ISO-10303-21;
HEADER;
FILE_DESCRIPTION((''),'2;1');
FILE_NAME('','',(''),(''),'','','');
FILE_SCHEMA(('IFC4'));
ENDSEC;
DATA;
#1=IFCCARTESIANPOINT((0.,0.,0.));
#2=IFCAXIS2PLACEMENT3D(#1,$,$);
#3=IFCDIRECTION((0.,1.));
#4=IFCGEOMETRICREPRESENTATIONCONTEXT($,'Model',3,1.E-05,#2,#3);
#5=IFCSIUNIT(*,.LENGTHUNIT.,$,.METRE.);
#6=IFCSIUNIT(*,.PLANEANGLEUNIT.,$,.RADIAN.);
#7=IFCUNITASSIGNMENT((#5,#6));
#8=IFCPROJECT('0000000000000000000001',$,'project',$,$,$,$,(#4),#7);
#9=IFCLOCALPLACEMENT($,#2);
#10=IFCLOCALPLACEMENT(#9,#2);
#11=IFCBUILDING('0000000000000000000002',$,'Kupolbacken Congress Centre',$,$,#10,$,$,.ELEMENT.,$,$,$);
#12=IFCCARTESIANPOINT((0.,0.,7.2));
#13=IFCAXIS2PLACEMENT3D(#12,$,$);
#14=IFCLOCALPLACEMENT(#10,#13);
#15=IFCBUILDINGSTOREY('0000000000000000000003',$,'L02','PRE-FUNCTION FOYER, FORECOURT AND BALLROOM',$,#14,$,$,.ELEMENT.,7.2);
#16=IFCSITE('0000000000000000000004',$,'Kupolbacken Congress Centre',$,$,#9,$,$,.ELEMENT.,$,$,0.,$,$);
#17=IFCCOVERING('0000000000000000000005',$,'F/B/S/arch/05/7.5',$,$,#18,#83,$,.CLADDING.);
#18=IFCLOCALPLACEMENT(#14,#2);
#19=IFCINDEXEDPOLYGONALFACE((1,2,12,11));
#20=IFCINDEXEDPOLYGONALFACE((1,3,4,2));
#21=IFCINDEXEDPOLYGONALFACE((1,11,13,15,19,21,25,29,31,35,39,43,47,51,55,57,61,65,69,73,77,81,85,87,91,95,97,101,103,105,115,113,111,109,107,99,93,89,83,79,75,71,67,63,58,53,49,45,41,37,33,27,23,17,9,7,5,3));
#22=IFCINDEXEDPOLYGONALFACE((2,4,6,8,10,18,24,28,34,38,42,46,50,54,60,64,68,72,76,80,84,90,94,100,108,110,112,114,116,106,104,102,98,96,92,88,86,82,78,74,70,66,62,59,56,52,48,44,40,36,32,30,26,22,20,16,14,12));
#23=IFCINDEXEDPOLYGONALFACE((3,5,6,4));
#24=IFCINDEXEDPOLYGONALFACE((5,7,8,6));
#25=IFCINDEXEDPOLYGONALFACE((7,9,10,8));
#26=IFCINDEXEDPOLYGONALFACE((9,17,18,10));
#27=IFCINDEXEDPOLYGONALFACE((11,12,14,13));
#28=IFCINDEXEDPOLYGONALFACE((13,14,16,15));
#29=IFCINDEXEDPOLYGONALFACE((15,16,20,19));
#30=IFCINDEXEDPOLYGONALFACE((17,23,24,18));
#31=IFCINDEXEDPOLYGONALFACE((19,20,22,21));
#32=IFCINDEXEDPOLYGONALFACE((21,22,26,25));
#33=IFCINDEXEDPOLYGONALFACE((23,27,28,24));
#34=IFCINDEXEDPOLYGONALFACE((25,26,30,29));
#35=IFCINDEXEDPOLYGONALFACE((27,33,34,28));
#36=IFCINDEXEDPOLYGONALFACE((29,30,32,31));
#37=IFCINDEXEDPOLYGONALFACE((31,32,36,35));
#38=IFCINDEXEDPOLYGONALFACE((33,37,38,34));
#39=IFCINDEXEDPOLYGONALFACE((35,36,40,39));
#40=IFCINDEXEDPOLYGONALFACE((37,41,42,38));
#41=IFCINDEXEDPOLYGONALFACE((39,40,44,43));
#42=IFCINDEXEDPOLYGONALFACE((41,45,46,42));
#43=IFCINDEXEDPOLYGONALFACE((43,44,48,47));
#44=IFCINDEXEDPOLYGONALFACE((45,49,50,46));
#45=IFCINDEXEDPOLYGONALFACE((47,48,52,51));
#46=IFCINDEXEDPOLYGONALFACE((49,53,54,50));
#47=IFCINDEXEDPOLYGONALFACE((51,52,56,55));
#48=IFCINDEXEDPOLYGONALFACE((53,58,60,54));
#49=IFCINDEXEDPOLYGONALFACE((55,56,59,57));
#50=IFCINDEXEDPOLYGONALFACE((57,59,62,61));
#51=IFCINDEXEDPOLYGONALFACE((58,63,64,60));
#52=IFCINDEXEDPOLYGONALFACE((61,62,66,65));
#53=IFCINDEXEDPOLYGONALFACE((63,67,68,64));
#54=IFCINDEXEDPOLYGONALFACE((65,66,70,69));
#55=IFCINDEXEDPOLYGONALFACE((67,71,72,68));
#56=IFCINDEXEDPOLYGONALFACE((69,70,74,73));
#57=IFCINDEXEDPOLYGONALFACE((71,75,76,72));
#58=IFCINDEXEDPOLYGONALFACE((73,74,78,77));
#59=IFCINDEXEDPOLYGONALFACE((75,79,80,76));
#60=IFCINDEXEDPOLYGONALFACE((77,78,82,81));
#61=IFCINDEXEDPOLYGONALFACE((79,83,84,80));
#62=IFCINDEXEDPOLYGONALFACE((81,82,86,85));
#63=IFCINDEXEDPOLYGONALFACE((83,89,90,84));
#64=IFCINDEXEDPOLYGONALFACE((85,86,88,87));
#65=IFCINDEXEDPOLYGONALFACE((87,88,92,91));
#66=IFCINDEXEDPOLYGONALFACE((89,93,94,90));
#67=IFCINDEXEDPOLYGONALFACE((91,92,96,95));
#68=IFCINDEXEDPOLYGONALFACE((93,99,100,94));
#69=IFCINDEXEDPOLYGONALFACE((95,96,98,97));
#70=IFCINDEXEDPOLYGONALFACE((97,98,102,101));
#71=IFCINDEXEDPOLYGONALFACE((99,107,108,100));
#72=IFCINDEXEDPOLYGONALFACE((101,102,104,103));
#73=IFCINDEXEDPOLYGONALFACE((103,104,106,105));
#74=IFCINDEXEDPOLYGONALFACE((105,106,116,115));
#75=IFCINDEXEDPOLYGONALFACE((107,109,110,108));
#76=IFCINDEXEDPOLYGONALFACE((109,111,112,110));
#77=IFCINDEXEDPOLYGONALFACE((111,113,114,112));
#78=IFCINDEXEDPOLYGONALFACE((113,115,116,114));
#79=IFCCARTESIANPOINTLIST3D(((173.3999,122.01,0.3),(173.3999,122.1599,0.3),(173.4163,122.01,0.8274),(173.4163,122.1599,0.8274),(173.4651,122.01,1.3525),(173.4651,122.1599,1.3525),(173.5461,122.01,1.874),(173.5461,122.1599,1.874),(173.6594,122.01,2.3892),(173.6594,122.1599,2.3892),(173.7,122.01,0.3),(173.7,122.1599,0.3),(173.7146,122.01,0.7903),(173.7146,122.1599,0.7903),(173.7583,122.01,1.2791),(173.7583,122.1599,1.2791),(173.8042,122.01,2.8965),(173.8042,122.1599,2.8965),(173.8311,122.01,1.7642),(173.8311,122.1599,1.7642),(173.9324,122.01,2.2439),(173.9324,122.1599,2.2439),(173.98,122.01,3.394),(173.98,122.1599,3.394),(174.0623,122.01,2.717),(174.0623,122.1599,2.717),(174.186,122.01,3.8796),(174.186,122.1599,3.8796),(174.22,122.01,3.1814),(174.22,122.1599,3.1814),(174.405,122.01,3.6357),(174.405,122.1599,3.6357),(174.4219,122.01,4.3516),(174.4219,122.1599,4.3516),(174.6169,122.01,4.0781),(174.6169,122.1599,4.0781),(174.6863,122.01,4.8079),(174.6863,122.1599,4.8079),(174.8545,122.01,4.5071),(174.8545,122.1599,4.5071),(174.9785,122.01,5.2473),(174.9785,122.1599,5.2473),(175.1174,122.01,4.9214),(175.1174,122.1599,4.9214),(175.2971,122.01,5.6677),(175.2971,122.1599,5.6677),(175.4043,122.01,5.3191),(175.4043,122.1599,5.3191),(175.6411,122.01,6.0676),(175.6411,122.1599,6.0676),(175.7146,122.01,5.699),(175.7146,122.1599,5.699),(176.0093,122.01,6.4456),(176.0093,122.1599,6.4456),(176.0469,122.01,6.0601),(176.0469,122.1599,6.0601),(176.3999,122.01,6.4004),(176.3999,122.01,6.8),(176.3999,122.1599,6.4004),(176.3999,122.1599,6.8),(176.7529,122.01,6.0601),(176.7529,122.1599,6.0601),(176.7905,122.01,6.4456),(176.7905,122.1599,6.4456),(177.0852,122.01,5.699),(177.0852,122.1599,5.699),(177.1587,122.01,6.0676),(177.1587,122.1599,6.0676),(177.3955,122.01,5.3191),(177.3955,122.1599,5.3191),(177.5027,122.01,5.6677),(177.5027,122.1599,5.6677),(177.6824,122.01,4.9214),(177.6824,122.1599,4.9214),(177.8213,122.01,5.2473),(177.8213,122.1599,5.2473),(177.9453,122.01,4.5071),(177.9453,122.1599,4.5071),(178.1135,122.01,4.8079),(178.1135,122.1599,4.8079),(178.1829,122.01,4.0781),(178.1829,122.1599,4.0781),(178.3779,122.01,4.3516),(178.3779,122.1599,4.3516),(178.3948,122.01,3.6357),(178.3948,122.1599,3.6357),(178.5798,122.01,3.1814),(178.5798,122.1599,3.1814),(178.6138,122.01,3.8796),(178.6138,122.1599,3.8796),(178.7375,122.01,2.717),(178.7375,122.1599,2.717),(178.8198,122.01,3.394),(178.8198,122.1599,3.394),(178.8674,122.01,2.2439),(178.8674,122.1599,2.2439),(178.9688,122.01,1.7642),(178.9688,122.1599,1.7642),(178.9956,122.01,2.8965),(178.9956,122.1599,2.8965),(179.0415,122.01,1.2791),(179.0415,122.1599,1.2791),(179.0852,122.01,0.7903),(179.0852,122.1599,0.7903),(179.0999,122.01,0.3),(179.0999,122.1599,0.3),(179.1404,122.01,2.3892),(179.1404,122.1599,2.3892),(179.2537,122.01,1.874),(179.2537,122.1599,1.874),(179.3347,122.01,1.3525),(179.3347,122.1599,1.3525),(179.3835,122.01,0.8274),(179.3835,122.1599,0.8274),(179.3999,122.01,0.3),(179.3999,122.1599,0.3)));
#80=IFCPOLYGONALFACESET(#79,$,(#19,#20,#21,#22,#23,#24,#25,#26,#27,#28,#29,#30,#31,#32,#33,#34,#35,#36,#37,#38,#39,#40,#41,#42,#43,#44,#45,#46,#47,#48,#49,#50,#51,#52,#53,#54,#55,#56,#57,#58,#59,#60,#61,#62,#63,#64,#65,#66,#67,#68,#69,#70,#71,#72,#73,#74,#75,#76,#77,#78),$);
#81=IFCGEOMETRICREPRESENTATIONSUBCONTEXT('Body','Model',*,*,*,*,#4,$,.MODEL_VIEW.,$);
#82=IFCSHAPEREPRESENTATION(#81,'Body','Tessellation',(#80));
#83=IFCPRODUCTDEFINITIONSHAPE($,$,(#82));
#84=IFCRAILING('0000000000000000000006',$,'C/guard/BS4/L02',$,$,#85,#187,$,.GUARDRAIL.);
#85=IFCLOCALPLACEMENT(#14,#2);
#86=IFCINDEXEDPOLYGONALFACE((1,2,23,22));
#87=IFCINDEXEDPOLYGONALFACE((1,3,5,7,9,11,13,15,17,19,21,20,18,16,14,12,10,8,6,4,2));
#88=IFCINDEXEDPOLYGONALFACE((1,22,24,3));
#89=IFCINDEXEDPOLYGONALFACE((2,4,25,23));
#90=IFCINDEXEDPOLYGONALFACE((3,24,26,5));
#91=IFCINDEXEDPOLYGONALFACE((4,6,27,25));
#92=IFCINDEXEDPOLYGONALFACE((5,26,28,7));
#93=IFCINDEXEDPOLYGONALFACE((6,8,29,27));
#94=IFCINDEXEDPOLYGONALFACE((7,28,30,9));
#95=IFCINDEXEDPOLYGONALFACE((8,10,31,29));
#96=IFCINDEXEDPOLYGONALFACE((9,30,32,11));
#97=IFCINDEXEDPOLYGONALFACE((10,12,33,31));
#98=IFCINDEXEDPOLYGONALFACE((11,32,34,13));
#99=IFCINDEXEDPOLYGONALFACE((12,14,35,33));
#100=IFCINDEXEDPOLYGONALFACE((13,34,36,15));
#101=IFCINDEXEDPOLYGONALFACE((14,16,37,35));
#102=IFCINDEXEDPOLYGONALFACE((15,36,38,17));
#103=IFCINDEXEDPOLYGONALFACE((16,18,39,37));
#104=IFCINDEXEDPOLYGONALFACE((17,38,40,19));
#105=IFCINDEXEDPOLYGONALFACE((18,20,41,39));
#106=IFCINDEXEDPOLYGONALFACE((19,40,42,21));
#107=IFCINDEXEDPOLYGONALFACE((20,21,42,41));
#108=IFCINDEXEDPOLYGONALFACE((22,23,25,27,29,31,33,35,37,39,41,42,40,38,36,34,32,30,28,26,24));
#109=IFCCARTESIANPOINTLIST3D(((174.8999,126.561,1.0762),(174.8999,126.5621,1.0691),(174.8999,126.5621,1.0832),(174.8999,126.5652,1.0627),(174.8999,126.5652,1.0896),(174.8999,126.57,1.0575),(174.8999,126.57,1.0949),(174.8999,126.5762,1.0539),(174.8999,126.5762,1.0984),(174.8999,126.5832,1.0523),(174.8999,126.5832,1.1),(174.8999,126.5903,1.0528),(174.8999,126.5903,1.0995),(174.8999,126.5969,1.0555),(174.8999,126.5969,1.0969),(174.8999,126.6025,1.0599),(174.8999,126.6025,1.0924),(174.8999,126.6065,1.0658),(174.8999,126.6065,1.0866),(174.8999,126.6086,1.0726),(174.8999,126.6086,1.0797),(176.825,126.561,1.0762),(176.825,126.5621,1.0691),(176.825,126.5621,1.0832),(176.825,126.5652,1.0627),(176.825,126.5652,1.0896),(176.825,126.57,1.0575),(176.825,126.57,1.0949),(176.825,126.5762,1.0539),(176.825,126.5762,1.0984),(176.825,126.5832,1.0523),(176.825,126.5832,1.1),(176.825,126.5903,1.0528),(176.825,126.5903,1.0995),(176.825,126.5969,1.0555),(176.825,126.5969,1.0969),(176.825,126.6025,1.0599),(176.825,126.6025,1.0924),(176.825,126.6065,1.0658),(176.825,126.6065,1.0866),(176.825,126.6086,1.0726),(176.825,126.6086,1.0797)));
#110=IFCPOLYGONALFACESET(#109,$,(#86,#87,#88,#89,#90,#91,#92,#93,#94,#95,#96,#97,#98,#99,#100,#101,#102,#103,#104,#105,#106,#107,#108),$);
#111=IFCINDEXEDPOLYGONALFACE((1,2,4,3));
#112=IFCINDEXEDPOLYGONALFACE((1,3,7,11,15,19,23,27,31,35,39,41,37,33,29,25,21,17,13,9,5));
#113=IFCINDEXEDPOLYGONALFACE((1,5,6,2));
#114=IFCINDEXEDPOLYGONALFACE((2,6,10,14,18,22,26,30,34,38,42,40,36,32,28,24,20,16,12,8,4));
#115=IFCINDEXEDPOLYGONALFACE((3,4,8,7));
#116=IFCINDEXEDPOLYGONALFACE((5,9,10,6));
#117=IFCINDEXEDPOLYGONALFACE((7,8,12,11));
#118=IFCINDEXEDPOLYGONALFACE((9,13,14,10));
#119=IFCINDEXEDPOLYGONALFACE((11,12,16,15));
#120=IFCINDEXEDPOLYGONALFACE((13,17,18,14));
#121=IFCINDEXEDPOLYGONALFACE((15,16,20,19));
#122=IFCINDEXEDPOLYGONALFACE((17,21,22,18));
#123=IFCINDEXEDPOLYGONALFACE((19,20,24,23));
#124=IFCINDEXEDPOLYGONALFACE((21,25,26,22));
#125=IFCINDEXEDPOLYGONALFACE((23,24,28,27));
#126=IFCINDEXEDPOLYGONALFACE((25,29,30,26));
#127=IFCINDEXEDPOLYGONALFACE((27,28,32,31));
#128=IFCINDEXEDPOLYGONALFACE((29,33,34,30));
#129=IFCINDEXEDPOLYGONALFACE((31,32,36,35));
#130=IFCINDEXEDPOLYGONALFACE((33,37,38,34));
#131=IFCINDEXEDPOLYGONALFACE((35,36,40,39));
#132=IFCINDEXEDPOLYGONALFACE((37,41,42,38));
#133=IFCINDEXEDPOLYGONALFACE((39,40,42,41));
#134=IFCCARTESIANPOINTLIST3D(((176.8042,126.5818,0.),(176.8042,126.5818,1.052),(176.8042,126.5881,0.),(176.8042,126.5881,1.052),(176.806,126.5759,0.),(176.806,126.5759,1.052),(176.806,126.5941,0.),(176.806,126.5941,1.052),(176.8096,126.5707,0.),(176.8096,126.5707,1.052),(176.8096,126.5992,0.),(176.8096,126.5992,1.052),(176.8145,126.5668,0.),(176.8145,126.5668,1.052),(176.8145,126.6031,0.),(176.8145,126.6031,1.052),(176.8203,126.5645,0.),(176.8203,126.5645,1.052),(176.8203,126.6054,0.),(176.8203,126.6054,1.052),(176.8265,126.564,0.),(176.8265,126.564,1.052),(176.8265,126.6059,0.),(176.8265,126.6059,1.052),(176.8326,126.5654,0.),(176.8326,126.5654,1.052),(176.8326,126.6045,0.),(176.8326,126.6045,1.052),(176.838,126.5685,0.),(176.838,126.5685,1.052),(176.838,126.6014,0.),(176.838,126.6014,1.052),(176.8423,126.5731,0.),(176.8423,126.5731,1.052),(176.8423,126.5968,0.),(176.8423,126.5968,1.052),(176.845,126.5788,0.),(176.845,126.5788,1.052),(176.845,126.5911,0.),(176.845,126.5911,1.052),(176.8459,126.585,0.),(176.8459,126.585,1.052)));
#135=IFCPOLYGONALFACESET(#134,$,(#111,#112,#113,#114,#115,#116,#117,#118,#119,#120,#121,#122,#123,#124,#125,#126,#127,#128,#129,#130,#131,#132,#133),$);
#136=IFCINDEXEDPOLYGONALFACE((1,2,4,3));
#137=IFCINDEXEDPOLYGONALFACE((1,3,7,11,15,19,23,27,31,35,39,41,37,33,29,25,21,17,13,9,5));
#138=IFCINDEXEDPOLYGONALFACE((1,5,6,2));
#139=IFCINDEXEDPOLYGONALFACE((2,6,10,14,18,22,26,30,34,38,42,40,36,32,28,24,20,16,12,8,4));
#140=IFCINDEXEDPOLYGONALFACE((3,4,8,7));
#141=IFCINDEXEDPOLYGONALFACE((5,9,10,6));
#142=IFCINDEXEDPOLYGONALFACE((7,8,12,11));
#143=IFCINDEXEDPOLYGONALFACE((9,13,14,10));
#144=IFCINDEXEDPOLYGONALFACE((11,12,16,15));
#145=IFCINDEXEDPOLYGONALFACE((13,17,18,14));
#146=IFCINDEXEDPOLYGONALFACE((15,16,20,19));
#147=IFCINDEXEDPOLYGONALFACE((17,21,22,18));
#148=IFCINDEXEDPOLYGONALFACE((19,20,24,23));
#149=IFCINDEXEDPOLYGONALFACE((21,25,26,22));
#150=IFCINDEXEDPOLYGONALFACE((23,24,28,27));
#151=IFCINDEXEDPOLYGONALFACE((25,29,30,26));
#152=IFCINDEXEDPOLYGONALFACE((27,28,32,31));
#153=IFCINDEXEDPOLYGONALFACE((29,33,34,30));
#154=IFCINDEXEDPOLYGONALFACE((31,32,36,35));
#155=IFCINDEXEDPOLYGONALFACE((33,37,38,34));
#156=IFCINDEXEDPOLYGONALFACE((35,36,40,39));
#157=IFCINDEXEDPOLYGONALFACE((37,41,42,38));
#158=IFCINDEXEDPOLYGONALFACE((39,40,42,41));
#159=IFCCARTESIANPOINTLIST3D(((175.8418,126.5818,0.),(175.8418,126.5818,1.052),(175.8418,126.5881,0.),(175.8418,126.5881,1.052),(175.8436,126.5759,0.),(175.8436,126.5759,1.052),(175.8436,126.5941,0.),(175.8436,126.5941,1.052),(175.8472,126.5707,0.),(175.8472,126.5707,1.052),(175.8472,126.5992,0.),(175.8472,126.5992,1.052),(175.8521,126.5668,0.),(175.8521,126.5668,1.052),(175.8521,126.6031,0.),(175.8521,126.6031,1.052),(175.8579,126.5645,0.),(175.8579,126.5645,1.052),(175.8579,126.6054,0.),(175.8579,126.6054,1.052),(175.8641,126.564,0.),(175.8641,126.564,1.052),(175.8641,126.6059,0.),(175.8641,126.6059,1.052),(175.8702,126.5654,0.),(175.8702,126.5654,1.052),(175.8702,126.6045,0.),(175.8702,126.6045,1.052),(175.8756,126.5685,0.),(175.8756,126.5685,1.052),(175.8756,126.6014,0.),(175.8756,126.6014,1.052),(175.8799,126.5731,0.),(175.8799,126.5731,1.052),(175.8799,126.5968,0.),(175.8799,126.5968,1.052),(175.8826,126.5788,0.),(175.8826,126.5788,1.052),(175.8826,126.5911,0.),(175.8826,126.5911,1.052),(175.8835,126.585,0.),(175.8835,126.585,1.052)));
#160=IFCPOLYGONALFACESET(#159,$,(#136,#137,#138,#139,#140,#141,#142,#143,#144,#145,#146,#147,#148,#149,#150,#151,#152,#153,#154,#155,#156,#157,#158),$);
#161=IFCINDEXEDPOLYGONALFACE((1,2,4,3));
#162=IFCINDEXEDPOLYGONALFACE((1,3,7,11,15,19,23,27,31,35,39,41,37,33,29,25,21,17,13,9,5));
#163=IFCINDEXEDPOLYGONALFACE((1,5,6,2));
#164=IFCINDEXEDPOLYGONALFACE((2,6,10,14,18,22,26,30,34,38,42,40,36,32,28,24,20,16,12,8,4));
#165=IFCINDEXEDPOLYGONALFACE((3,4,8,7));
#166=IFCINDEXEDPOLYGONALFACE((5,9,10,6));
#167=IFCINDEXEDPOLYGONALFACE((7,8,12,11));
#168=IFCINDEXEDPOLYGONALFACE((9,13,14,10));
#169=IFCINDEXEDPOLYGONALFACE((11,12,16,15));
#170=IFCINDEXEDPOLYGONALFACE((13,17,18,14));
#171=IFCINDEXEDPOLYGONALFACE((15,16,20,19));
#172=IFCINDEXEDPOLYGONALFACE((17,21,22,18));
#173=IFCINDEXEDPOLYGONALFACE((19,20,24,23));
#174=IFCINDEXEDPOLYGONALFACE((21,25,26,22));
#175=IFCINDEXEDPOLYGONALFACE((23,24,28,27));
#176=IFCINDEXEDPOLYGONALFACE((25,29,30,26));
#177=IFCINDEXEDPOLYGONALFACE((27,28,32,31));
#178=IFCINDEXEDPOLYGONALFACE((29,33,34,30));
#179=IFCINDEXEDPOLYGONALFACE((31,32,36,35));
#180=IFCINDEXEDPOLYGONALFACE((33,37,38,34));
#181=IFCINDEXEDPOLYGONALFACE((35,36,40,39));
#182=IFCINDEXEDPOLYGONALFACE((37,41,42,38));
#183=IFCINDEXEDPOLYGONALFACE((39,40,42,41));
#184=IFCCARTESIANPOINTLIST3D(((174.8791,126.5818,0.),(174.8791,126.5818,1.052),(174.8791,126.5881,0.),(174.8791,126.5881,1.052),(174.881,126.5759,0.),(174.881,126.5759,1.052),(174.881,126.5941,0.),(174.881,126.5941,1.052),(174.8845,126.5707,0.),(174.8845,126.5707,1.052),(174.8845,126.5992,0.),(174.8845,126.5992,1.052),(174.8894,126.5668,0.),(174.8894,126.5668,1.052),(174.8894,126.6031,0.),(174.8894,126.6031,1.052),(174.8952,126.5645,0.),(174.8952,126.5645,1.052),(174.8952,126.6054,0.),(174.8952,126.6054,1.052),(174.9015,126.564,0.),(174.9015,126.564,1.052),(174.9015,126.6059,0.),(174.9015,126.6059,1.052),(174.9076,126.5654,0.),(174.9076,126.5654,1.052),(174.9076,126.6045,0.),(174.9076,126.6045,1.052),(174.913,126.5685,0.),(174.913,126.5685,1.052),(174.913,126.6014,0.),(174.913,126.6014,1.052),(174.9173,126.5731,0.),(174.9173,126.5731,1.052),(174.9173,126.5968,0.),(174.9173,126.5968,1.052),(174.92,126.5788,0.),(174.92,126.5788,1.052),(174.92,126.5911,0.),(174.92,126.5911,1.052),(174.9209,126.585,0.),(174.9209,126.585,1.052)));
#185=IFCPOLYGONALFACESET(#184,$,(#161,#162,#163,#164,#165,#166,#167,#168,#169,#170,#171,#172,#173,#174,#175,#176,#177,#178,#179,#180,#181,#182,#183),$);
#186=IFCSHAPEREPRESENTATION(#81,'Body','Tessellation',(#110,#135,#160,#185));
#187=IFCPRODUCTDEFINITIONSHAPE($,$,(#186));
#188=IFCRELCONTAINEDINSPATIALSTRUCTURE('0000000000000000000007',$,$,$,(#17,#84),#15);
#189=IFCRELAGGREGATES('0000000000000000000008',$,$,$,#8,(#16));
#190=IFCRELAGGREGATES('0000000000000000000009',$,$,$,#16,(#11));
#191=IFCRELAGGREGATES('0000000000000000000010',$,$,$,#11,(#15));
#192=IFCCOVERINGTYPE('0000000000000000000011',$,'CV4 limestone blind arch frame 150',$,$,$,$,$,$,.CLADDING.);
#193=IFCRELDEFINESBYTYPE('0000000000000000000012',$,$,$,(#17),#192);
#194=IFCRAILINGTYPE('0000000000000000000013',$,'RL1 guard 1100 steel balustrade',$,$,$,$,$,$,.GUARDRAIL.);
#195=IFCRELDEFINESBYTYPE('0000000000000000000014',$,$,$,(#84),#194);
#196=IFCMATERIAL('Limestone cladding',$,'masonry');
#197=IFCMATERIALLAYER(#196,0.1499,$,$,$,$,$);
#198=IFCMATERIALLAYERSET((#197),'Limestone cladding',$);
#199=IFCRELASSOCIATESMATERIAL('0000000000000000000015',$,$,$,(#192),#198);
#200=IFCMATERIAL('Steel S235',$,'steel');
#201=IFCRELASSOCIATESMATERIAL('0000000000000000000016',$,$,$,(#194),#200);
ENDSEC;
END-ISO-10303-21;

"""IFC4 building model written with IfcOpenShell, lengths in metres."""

from ifc_helpers import new_model, si_unit, direction, frame, origin, origin_2d, place, context, subcontext, project, spatial, polyline, circle, outline, extrude, material, layer, layer_set, type_object, element, save


model = new_model("IFC4")

# Units and contexts
model_context = context("Model", 3, precision=1e-05, world=origin(), true_north=direction((0.0, 1.0)))
body_context = subcontext(model_context, "Body", "Model", "MODEL_VIEW")
ifc_project = project(units=[si_unit("LENGTHUNIT", "METRE"), si_unit("PLANEANGLEUNIT", "RADIAN")], contexts=[model_context])

# Site, building, storey
site_placement = place(None, origin())
site = spatial("IfcSite", under=ifc_project, at=site_placement, Name="Kupolbacken Congress Centre", CompositionType="ELEMENT", RefElevation=0.0)
building_placement = place(site_placement, origin())
building = spatial("IfcBuilding", under=site, at=building_placement, Name="Kupolbacken Congress Centre", CompositionType="ELEMENT")
storey_placement = place(building_placement, frame((0.0, 0.0, 7.2)))
storey = spatial("IfcBuildingStorey", under=building, at=storey_placement, Name="L02", Description="PRE-FUNCTION FOYER, FORECOURT AND BALLROOM", CompositionType="ELEMENT", Elevation=7.2)

# Covering
ifc_material_1 = material(Name="Limestone cladding", Category="masonry")
ifc_layer_1 = layer(ifc_material_1, 0.1499)
ifc_layer_set_1 = layer_set([ifc_layer_1], Name="Limestone cladding")
covering_type_1 = type_object("IfcCoveringType", Name="CV4 limestone blind arch frame 150", PredefinedType="CLADDING", material=ifc_layer_set_1)
covering_1_placement = place(storey_placement, frame((173.3999, 122.1599, 0.3), z_axis=(0.0, -1.0, 0.0), x_axis=(1.0, 0.0, 0.0)))
element("IfcCovering", 1, at=covering_1_placement, inside=storey, type_object=covering_type_1, Name="F/B/S/arch/05/7.5", PredefinedType="CLADDING", context=body_context, shape_type="SweptSolid", body=[
    extrude(outline(polyline([(0.0, 0.0), (0.0164, 0.5273), (0.0652, 1.0525), (0.1462, 1.574), (0.2595, 2.0891), (0.4043, 2.5964), (0.5801, 3.094), (0.7861, 3.5796), (1.022, 4.0515), (1.2864, 4.5078), (1.5786, 4.9473), (1.8972, 5.3677), (2.2412, 5.7676), (2.6094, 6.1455), (3.0, 6.5), (3.3906, 6.1455), (3.7588, 5.7676), (4.1028, 5.3677), (4.4214, 4.9473), (4.7136, 4.5078), (4.978, 4.0515), (5.2139, 3.5796), (5.4199, 3.094), (5.5957, 2.5964), (5.7405, 2.0891), (5.8538, 1.574), (5.9348, 1.0525), (5.9836, 0.5273), (6.0, 0.0), (5.7, 0.0), (5.6853, 0.4902), (5.6416, 0.979), (5.5688, 1.4641), (5.4675, 1.9438), (5.3376, 2.417), (5.1799, 2.8813), (4.9949, 3.3357), (4.783, 3.7781), (4.5454, 4.207), (4.2825, 4.6213), (3.9956, 5.019), (3.6853, 5.3989), (3.353, 5.76), (3.0, 6.1003), (2.647, 5.76), (2.3147, 5.3989), (2.0044, 5.019), (1.7175, 4.6213), (1.4546, 4.207), (1.217, 3.7781), (1.0051, 3.3357), (0.8201, 2.8813), (0.6624, 2.417), (0.5325, 1.9438), (0.4312, 1.4641), (0.3584, 0.979), (0.3147, 0.4902), (0.3, 0.0), (0.0, 0.0)])), origin(), (0.0, 0.0, 1.0), 0.1499),
])

# Railing
ifc_material_2 = material(Name="Steel S235", Category="steel")
railing_type = type_object("IfcRailingType", Name="RL1 guard 1100 steel balustrade", PredefinedType="GUARDRAIL", material=ifc_material_2)
railing_placement = place(storey_placement, frame((176.825, 126.585, 0.0)))
element("IfcRailing", 2, at=railing_placement, inside=storey, type_object=railing_type, Name="C/guard/BS4/L02", PredefinedType="GUARDRAIL", context=body_context, shape_type="SweptSolid", body=[
    extrude(circle(Radius=0.0239, at=origin_2d()), frame((0.0, 0.0, 1.0762), z_axis=(-1.0, 0.0, 0.0), x_axis=(0.0, -1.0, 0.0)), (0.0, 0.0, 1.0), 1.925),
    extrude(circle(Radius=0.021, at=origin_2d()), origin(), (0.0, 0.0, 1.0), 1.052),
    extrude(circle(Radius=0.021, at=origin_2d()), frame((-0.9624, 0.0, 0.0)), (0.0, 0.0, 1.0), 1.052),
    extrude(circle(Radius=0.021, at=origin_2d()), frame((-1.925, 0.0, 0.0)), (0.0, 0.0, 1.0), 1.052),
])

save(model, "model.ifc")
